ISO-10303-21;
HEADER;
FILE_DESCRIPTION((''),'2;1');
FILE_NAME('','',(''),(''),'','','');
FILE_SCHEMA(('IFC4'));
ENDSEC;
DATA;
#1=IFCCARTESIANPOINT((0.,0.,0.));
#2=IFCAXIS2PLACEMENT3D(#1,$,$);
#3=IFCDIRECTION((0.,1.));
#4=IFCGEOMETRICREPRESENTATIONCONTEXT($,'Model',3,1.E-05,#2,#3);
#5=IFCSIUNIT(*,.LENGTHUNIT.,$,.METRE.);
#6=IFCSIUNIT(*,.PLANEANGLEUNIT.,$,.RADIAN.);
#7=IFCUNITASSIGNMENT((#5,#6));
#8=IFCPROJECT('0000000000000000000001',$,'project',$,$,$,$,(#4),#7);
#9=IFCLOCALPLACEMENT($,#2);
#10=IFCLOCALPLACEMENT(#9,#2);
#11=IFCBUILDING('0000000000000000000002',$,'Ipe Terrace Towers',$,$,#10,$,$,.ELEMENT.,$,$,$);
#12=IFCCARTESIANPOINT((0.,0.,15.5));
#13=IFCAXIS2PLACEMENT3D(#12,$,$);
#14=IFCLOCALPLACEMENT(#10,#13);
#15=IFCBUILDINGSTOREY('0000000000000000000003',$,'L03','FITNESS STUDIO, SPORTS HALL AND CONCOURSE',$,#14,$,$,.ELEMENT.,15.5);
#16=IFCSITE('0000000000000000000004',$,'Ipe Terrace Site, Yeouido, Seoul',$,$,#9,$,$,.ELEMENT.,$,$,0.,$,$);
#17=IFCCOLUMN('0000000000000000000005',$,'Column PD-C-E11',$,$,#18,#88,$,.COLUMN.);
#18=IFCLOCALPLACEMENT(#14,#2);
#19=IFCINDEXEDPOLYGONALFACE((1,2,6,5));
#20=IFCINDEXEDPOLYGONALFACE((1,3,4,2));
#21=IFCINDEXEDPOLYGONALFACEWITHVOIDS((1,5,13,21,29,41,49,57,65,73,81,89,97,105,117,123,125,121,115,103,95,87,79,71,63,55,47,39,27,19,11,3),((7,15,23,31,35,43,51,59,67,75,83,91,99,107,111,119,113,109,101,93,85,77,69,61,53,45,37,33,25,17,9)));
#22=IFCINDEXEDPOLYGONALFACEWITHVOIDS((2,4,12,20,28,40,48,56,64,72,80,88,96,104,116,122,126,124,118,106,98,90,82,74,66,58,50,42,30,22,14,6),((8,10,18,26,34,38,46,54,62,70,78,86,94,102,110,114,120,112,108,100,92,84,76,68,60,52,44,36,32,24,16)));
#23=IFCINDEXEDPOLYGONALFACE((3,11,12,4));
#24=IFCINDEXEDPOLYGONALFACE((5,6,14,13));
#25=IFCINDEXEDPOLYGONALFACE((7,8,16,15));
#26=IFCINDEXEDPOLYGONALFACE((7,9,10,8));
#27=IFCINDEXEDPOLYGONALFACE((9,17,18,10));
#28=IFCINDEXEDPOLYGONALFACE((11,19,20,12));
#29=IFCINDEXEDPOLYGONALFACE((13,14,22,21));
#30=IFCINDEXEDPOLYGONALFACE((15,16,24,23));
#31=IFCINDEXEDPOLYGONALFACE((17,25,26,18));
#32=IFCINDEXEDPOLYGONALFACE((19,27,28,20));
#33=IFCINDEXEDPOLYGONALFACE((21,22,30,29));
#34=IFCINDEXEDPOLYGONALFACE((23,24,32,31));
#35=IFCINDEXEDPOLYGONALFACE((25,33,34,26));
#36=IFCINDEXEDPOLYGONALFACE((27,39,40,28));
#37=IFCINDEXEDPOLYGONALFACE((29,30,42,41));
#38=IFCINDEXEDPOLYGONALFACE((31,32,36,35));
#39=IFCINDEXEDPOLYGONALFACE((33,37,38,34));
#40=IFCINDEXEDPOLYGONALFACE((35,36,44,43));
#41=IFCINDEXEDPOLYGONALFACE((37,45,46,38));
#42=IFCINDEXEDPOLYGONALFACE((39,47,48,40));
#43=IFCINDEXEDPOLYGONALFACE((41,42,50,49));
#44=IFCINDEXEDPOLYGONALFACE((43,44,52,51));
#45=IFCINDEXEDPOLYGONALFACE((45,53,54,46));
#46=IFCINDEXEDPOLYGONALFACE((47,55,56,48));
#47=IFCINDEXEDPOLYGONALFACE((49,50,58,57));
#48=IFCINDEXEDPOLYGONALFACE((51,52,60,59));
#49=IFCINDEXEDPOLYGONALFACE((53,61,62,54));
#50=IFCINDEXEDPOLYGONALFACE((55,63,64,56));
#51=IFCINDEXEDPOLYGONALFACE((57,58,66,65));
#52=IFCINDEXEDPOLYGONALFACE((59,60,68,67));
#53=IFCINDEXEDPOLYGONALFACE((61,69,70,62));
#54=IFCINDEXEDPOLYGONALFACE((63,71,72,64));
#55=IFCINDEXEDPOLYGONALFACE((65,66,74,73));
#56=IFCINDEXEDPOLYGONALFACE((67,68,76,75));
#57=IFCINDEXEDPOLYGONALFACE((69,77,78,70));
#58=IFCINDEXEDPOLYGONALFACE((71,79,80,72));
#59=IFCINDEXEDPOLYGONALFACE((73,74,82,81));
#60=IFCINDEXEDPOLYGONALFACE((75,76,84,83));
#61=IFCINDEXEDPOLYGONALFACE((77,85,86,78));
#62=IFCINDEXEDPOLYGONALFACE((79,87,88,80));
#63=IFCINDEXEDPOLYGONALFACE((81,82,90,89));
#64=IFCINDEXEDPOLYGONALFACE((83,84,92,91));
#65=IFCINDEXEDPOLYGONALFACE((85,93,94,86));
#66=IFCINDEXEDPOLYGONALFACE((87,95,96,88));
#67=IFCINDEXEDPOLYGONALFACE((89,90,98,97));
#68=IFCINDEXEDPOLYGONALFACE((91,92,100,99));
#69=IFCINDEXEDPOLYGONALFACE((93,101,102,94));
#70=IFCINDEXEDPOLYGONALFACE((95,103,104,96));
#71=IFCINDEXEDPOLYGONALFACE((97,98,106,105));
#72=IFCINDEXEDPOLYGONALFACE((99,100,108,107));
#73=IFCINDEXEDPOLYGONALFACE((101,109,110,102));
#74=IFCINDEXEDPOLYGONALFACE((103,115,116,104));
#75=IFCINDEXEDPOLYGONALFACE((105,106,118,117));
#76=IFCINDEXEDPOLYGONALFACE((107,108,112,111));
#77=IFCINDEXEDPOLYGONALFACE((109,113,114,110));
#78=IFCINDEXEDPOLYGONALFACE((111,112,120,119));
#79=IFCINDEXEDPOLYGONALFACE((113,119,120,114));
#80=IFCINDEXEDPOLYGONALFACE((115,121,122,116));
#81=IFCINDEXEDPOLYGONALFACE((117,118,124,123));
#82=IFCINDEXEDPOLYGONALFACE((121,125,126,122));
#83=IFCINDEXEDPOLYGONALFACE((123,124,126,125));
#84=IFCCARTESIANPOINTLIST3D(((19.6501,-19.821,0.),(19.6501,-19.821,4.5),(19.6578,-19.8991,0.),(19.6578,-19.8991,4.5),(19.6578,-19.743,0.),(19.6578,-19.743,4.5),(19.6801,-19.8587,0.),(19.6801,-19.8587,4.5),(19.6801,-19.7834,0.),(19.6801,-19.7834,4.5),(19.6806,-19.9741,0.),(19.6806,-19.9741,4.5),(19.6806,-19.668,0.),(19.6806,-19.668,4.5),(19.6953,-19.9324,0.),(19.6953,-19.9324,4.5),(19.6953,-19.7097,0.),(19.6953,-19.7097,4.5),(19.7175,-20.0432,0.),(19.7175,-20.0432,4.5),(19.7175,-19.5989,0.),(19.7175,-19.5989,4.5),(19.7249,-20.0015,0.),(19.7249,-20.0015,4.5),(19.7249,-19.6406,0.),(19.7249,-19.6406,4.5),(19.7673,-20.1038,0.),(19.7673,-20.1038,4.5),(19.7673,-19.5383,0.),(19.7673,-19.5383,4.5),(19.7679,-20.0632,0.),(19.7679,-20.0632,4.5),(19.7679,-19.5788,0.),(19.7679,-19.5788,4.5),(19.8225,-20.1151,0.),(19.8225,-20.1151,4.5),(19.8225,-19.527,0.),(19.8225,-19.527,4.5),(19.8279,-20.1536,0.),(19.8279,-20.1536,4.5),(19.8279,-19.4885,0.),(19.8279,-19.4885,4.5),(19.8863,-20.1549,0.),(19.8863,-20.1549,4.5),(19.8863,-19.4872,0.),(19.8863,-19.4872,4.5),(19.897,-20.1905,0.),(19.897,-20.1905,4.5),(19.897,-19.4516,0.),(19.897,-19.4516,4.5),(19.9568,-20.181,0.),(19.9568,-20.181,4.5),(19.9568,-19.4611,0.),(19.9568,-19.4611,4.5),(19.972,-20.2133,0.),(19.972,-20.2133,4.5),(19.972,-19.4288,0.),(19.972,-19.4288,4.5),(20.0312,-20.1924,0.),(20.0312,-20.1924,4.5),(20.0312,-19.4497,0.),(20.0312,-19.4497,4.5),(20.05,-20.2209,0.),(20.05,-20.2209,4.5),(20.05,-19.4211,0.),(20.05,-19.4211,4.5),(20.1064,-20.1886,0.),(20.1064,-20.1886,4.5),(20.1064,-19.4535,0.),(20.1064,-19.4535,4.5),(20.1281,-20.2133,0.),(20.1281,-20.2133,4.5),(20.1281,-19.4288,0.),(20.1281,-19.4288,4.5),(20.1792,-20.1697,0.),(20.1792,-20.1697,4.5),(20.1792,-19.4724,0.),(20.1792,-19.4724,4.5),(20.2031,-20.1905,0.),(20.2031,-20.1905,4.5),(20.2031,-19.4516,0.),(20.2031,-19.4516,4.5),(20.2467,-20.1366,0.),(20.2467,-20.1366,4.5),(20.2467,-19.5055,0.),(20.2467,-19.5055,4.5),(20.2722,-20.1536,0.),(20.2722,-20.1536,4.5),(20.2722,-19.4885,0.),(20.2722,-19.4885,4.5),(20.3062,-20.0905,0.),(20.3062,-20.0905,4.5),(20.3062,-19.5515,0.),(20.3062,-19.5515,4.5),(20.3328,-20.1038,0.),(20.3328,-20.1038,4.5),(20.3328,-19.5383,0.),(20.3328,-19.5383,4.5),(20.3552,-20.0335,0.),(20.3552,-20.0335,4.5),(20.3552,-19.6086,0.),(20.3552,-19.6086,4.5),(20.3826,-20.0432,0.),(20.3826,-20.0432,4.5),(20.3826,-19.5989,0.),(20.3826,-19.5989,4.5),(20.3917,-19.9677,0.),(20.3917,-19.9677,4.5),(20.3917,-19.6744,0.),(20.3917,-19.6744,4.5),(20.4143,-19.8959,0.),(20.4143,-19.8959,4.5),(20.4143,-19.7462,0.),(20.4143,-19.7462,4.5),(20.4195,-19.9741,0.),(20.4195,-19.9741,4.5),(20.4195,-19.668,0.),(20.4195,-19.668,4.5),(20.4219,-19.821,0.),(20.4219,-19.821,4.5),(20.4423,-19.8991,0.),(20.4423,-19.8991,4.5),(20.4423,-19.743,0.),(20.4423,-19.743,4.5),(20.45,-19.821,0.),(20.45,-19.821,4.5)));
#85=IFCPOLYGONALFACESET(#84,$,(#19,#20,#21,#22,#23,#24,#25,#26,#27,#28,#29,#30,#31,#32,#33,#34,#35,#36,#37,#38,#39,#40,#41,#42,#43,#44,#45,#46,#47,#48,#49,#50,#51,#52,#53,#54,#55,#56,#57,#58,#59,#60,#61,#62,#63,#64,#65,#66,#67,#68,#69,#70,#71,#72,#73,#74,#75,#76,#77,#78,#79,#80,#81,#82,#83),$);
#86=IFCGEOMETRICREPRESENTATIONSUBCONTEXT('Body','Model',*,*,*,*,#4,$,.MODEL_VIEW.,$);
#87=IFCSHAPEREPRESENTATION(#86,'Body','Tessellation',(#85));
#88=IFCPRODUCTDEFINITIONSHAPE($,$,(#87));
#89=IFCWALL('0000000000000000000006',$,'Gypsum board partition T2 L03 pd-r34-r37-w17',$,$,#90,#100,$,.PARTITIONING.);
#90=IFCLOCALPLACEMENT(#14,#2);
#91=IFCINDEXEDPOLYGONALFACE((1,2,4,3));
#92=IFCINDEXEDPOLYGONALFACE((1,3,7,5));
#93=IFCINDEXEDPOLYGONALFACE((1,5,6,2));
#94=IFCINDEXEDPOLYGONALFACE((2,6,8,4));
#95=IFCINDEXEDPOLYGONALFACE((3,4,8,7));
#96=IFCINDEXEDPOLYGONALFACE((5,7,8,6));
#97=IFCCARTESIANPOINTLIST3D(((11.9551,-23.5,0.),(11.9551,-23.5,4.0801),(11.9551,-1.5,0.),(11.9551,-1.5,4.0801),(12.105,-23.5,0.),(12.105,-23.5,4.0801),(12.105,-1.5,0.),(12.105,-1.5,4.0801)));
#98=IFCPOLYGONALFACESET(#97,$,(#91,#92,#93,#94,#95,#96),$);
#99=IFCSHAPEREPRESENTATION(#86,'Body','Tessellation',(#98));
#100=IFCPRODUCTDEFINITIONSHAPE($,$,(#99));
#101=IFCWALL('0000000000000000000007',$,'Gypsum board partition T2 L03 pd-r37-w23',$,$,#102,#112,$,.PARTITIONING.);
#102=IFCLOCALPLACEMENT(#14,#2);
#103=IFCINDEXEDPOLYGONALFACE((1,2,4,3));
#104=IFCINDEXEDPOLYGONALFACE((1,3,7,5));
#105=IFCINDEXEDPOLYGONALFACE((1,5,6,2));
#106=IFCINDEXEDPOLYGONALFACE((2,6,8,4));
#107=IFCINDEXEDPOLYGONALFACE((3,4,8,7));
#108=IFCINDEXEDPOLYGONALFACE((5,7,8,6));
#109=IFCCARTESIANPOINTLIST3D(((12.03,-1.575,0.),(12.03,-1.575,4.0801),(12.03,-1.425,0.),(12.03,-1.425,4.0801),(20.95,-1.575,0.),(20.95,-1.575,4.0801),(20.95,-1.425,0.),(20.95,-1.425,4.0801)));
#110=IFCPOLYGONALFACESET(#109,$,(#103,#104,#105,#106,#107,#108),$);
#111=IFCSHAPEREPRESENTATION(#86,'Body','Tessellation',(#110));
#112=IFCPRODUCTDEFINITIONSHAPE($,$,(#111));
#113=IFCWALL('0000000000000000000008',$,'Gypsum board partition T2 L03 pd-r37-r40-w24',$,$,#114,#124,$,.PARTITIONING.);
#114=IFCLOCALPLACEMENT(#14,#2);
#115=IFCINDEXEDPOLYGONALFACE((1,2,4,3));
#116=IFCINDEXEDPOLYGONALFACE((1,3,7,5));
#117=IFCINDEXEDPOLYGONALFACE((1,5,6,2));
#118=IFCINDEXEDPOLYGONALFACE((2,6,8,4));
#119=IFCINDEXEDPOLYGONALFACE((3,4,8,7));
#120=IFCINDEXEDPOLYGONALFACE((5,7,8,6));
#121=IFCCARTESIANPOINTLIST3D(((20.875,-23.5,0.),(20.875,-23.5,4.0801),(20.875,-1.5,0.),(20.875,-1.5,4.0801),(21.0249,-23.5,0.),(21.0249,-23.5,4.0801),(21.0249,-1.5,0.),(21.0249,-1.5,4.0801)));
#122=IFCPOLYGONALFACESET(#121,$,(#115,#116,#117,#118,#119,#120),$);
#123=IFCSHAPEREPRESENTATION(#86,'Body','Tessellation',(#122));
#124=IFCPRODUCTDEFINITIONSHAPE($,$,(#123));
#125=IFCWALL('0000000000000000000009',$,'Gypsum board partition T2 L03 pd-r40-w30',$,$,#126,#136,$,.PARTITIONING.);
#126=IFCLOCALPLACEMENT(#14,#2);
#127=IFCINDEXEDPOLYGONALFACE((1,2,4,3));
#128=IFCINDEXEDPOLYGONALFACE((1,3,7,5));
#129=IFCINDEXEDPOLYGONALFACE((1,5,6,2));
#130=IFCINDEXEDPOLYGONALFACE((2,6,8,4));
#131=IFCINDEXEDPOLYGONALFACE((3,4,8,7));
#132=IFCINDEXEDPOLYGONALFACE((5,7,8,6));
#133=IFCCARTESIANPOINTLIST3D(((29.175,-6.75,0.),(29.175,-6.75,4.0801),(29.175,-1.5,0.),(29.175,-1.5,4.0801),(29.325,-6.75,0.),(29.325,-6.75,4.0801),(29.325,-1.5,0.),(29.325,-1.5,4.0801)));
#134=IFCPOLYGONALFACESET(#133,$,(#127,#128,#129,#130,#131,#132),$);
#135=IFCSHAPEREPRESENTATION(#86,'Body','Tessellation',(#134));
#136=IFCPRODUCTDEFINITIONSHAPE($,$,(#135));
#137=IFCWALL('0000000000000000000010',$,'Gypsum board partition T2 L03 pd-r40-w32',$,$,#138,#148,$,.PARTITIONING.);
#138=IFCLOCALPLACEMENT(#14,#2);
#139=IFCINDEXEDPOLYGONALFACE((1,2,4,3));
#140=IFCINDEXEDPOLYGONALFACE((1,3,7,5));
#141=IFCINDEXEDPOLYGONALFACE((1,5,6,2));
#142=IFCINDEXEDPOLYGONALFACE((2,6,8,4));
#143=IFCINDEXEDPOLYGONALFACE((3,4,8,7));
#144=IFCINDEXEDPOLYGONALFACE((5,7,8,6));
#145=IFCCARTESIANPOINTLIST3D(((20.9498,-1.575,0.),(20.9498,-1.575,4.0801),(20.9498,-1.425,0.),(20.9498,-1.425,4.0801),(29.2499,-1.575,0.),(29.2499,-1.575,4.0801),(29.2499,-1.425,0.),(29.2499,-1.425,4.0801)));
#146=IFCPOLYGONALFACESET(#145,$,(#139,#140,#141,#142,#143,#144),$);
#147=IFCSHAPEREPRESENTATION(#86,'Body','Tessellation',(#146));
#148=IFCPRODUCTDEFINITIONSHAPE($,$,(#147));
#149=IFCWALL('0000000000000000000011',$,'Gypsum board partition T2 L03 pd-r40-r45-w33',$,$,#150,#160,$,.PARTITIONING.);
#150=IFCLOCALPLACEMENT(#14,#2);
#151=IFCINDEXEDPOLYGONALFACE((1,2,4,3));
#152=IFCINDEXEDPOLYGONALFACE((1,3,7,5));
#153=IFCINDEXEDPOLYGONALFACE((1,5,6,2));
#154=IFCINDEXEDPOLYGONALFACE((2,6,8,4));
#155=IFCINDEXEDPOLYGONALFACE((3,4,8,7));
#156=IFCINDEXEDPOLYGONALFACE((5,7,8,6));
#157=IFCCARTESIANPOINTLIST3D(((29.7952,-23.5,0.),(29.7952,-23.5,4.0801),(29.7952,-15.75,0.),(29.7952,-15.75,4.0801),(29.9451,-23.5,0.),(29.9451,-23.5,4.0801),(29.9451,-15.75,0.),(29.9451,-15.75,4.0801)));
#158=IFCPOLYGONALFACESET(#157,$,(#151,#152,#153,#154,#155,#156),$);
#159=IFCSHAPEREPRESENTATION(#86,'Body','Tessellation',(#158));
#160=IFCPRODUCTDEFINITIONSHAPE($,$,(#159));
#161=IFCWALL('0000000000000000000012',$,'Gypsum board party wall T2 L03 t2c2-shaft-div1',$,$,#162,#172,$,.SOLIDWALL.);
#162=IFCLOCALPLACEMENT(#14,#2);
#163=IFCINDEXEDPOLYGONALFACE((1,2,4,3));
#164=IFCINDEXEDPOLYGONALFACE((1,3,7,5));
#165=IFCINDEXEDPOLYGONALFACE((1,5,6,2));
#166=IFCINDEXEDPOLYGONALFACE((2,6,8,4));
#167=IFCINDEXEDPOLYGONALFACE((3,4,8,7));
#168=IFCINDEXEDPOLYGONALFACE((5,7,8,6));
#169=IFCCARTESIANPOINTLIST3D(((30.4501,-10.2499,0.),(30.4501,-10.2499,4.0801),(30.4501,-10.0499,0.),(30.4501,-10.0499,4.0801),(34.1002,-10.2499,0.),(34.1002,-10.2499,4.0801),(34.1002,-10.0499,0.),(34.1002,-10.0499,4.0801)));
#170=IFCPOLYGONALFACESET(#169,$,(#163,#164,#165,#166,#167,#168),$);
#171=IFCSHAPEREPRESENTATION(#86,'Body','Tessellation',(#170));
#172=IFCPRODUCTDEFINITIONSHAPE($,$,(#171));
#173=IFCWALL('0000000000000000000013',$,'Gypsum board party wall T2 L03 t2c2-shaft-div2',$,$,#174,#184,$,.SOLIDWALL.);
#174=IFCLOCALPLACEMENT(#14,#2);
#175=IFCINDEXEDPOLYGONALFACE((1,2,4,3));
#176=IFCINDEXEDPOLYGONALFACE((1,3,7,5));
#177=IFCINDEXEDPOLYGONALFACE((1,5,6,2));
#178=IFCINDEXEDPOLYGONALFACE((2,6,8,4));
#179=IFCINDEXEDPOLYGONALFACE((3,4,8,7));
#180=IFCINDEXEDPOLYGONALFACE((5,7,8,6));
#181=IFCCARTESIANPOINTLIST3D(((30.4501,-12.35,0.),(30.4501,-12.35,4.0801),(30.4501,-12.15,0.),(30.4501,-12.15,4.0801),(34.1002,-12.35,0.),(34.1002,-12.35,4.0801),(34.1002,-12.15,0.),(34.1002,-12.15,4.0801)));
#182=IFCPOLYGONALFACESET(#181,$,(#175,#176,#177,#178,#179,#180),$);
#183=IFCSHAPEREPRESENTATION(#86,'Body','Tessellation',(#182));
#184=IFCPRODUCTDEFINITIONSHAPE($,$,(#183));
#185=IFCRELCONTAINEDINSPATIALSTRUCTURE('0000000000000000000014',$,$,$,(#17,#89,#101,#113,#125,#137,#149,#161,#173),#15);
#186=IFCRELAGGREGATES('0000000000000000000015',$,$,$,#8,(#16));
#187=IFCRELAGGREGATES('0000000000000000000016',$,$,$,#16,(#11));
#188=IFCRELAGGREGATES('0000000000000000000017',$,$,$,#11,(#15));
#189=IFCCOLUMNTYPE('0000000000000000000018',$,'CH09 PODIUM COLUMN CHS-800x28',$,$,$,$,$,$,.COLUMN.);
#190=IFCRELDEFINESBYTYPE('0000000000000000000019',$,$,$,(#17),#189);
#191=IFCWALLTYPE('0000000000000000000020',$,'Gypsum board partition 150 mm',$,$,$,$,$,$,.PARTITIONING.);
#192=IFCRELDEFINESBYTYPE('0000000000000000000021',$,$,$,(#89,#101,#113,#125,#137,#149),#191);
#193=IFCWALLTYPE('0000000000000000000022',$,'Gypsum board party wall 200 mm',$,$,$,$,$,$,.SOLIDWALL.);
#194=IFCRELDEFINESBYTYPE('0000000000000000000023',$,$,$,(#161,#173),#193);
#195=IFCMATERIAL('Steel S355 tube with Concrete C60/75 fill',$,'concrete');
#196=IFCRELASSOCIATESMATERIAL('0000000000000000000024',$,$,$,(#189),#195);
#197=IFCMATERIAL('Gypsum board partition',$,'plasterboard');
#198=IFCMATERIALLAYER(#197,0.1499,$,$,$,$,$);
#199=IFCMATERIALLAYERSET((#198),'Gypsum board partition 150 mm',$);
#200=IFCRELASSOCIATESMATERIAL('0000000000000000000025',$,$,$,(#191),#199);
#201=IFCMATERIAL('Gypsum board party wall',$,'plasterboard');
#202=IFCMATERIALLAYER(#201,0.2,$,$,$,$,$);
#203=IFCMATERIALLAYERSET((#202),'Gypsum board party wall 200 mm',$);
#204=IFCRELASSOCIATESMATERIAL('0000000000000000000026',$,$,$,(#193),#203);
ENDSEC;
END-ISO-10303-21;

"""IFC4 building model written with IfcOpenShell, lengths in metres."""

from ifc_helpers import new_model, si_unit, direction, frame, frame_2d, origin, origin_2d, place, context, subcontext, project, spatial, rectangle, hollow_circle, extrude, material, layer, layer_set, material_profile, profile_set, type_object, element, save


model = new_model("IFC4")

# Units and contexts
model_context = context("Model", 3, precision=1e-05, world=origin(), true_north=direction((0.0, 1.0)))
body_context = subcontext(model_context, "Body", "Model", "MODEL_VIEW")
ifc_project = project(units=[si_unit("LENGTHUNIT", "METRE"), si_unit("PLANEANGLEUNIT", "RADIAN")], contexts=[model_context])

# Site, building, storey
site_placement = place(None, origin())
site = spatial("IfcSite", under=ifc_project, at=site_placement, Name="Ipe Terrace Site, Yeouido, Seoul", CompositionType="ELEMENT", RefElevation=0.0)
building_placement = place(site_placement, origin())
building = spatial("IfcBuilding", under=site, at=building_placement, Name="Ipe Terrace Towers", CompositionType="ELEMENT")
storey_placement = place(building_placement, frame((0.0, 0.0, 15.5)))
storey = spatial("IfcBuildingStorey", under=building, at=storey_placement, Name="L03", Description="FITNESS STUDIO, SPORTS HALL AND CONCOURSE", CompositionType="ELEMENT", Elevation=15.5)

# Column
ifc_material_1 = material(Name="Steel S355 tube with Concrete C60/75 fill", Category="concrete")
ifc_material_profile_1 = material_profile(ifc_material_1, hollow_circle(Radius=0.3999, WallThickness=0.0281, at=origin_2d()), Name="CHS-800x28")
ifc_profile_set_1 = profile_set([ifc_material_profile_1], Name="Steel S355 tube with Concrete C60/75 fill")
column_type_1 = type_object("IfcColumnType", Name="CH09 PODIUM COLUMN CHS-800x28", PredefinedType="COLUMN", material=ifc_profile_set_1)
column_1_placement = place(storey_placement, frame((20.05, -19.821, 0.0), z_axis=(0.0, 0.0, 1.0), x_axis=(1.0, 0.0, 0.0)))
element("IfcColumn", 1, at=column_1_placement, inside=storey, type_object=column_type_1, Name="Column PD-C-E11", PredefinedType="COLUMN", context=body_context, shape_type="SweptSolid", body=[
    extrude(hollow_circle(Radius=0.3999, WallThickness=0.0281, at=origin_2d()), origin(), (0.0, 0.0, 1.0), 4.5),
])

# Walls
ifc_material_2 = material(Name="Gypsum board partition", Category="plasterboard")
ifc_layer_1 = layer(ifc_material_2, 0.1499)
ifc_layer_set_1 = layer_set([ifc_layer_1], Name="Gypsum board partition 150 mm")
wall_type_1 = type_object("IfcWallType", Name="Gypsum board partition 150 mm", PredefinedType="PARTITIONING", material=ifc_layer_set_1)
wall_1_placement = place(storey_placement, frame((12.03, -1.5, 0.0), z_axis=(0.0, 0.0, 1.0), x_axis=(0.0, -1.0, 0.0)))
element("IfcWall", 2, at=wall_1_placement, inside=storey, type_object=wall_type_1, Name="Gypsum board partition T2 L03 pd-r34-r37-w17", PredefinedType="PARTITIONING", context=body_context, shape_type="SweptSolid", body=[
    extrude(rectangle(XDim=22.0, YDim=0.1499, at=frame_2d((11.0, 0.0))), origin(), (0.0, 0.0, 1.0), 4.0801),
])
wall_2_placement = place(storey_placement, frame((12.03, -1.5, 0.0), z_axis=(0.0, 0.0, 1.0), x_axis=(1.0, 0.0, 0.0)))
element("IfcWall", 3, at=wall_2_placement, inside=storey, type_object=wall_type_1, Name="Gypsum board partition T2 L03 pd-r37-w23", PredefinedType="PARTITIONING", context=body_context, shape_type="SweptSolid", body=[
    extrude(rectangle(XDim=8.9199, YDim=0.1499, at=frame_2d((4.46, 0.0))), origin(), (0.0, 0.0, 1.0), 4.0801),
])
wall_3_placement = place(storey_placement, frame((20.95, -1.5, 0.0), z_axis=(0.0, 0.0, 1.0), x_axis=(0.0, -1.0, 0.0)))
element("IfcWall", 4, at=wall_3_placement, inside=storey, type_object=wall_type_1, Name="Gypsum board partition T2 L03 pd-r37-r40-w24", PredefinedType="PARTITIONING", context=body_context, shape_type="SweptSolid", body=[
    extrude(rectangle(XDim=22.0, YDim=0.1499, at=frame_2d((11.0, 0.0))), origin(), (0.0, 0.0, 1.0), 4.0801),
])
wall_4_placement = place(storey_placement, frame((29.25, -1.5, 0.0), z_axis=(0.0, 0.0, 1.0), x_axis=(0.0, -1.0, 0.0)))
element("IfcWall", 5, at=wall_4_placement, inside=storey, type_object=wall_type_1, Name="Gypsum board partition T2 L03 pd-r40-w30", PredefinedType="PARTITIONING", context=body_context, shape_type="SweptSolid", body=[
    extrude(rectangle(XDim=5.25, YDim=0.1499, at=frame_2d((2.625, 0.0))), origin(), (0.0, 0.0, 1.0), 4.0801),
])
wall_5_placement = place(storey_placement, frame((20.95, -1.5, 0.0), z_axis=(0.0, 0.0, 1.0), x_axis=(1.0, 0.0, 0.0)))
element("IfcWall", 6, at=wall_5_placement, inside=storey, type_object=wall_type_1, Name="Gypsum board partition T2 L03 pd-r40-w32", PredefinedType="PARTITIONING", context=body_context, shape_type="SweptSolid", body=[
    extrude(rectangle(XDim=8.3, YDim=0.1499, at=frame_2d((4.1499, 0.0))), origin(), (0.0, 0.0, 1.0), 4.0801),
])
wall_6_placement = place(storey_placement, frame((29.8701, -15.75, 0.0), z_axis=(0.0, 0.0, 1.0), x_axis=(0.0, -1.0, 0.0)))
element("IfcWall", 7, at=wall_6_placement, inside=storey, type_object=wall_type_1, Name="Gypsum board partition T2 L03 pd-r40-r45-w33", PredefinedType="PARTITIONING", context=body_context, shape_type="SweptSolid", body=[
    extrude(rectangle(XDim=7.75, YDim=0.1499, at=frame_2d((3.875, 0.0))), origin(), (0.0, 0.0, 1.0), 4.0801),
])
ifc_material_3 = material(Name="Gypsum board party wall", Category="plasterboard")
ifc_layer_2 = layer(ifc_material_3, 0.2)
ifc_layer_set_2 = layer_set([ifc_layer_2], Name="Gypsum board party wall 200 mm")
wall_type_2 = type_object("IfcWallType", Name="Gypsum board party wall 200 mm", PredefinedType="SOLIDWALL", material=ifc_layer_set_2)
for number, where, z_axis, x_axis, name in (
    (8, (30.45, -10.1499, 0.0), (0.0, 0.0, 1.0), (1.0, 0.0, 0.0), "Gypsum board party wall T2 L03 t2c2-shaft-div1"),
    (9, (30.45, -12.25, 0.0), (0.0, 0.0, 1.0), (1.0, 0.0, 0.0), "Gypsum board party wall T2 L03 t2c2-shaft-div2"),
):
    element("IfcWall", number, at=place(storey_placement, frame(where, z_axis=z_axis, x_axis=x_axis)), inside=storey, type_object=wall_type_2, Name=name, PredefinedType="SOLIDWALL", context=body_context, shape_type="SweptSolid", body=[
        extrude(rectangle(XDim=3.6501, YDim=0.2, at=frame_2d((1.8252, 0.0))), origin(), (0.0, 0.0, 1.0), 4.0801),
    ])

save(model, "model.ifc")
